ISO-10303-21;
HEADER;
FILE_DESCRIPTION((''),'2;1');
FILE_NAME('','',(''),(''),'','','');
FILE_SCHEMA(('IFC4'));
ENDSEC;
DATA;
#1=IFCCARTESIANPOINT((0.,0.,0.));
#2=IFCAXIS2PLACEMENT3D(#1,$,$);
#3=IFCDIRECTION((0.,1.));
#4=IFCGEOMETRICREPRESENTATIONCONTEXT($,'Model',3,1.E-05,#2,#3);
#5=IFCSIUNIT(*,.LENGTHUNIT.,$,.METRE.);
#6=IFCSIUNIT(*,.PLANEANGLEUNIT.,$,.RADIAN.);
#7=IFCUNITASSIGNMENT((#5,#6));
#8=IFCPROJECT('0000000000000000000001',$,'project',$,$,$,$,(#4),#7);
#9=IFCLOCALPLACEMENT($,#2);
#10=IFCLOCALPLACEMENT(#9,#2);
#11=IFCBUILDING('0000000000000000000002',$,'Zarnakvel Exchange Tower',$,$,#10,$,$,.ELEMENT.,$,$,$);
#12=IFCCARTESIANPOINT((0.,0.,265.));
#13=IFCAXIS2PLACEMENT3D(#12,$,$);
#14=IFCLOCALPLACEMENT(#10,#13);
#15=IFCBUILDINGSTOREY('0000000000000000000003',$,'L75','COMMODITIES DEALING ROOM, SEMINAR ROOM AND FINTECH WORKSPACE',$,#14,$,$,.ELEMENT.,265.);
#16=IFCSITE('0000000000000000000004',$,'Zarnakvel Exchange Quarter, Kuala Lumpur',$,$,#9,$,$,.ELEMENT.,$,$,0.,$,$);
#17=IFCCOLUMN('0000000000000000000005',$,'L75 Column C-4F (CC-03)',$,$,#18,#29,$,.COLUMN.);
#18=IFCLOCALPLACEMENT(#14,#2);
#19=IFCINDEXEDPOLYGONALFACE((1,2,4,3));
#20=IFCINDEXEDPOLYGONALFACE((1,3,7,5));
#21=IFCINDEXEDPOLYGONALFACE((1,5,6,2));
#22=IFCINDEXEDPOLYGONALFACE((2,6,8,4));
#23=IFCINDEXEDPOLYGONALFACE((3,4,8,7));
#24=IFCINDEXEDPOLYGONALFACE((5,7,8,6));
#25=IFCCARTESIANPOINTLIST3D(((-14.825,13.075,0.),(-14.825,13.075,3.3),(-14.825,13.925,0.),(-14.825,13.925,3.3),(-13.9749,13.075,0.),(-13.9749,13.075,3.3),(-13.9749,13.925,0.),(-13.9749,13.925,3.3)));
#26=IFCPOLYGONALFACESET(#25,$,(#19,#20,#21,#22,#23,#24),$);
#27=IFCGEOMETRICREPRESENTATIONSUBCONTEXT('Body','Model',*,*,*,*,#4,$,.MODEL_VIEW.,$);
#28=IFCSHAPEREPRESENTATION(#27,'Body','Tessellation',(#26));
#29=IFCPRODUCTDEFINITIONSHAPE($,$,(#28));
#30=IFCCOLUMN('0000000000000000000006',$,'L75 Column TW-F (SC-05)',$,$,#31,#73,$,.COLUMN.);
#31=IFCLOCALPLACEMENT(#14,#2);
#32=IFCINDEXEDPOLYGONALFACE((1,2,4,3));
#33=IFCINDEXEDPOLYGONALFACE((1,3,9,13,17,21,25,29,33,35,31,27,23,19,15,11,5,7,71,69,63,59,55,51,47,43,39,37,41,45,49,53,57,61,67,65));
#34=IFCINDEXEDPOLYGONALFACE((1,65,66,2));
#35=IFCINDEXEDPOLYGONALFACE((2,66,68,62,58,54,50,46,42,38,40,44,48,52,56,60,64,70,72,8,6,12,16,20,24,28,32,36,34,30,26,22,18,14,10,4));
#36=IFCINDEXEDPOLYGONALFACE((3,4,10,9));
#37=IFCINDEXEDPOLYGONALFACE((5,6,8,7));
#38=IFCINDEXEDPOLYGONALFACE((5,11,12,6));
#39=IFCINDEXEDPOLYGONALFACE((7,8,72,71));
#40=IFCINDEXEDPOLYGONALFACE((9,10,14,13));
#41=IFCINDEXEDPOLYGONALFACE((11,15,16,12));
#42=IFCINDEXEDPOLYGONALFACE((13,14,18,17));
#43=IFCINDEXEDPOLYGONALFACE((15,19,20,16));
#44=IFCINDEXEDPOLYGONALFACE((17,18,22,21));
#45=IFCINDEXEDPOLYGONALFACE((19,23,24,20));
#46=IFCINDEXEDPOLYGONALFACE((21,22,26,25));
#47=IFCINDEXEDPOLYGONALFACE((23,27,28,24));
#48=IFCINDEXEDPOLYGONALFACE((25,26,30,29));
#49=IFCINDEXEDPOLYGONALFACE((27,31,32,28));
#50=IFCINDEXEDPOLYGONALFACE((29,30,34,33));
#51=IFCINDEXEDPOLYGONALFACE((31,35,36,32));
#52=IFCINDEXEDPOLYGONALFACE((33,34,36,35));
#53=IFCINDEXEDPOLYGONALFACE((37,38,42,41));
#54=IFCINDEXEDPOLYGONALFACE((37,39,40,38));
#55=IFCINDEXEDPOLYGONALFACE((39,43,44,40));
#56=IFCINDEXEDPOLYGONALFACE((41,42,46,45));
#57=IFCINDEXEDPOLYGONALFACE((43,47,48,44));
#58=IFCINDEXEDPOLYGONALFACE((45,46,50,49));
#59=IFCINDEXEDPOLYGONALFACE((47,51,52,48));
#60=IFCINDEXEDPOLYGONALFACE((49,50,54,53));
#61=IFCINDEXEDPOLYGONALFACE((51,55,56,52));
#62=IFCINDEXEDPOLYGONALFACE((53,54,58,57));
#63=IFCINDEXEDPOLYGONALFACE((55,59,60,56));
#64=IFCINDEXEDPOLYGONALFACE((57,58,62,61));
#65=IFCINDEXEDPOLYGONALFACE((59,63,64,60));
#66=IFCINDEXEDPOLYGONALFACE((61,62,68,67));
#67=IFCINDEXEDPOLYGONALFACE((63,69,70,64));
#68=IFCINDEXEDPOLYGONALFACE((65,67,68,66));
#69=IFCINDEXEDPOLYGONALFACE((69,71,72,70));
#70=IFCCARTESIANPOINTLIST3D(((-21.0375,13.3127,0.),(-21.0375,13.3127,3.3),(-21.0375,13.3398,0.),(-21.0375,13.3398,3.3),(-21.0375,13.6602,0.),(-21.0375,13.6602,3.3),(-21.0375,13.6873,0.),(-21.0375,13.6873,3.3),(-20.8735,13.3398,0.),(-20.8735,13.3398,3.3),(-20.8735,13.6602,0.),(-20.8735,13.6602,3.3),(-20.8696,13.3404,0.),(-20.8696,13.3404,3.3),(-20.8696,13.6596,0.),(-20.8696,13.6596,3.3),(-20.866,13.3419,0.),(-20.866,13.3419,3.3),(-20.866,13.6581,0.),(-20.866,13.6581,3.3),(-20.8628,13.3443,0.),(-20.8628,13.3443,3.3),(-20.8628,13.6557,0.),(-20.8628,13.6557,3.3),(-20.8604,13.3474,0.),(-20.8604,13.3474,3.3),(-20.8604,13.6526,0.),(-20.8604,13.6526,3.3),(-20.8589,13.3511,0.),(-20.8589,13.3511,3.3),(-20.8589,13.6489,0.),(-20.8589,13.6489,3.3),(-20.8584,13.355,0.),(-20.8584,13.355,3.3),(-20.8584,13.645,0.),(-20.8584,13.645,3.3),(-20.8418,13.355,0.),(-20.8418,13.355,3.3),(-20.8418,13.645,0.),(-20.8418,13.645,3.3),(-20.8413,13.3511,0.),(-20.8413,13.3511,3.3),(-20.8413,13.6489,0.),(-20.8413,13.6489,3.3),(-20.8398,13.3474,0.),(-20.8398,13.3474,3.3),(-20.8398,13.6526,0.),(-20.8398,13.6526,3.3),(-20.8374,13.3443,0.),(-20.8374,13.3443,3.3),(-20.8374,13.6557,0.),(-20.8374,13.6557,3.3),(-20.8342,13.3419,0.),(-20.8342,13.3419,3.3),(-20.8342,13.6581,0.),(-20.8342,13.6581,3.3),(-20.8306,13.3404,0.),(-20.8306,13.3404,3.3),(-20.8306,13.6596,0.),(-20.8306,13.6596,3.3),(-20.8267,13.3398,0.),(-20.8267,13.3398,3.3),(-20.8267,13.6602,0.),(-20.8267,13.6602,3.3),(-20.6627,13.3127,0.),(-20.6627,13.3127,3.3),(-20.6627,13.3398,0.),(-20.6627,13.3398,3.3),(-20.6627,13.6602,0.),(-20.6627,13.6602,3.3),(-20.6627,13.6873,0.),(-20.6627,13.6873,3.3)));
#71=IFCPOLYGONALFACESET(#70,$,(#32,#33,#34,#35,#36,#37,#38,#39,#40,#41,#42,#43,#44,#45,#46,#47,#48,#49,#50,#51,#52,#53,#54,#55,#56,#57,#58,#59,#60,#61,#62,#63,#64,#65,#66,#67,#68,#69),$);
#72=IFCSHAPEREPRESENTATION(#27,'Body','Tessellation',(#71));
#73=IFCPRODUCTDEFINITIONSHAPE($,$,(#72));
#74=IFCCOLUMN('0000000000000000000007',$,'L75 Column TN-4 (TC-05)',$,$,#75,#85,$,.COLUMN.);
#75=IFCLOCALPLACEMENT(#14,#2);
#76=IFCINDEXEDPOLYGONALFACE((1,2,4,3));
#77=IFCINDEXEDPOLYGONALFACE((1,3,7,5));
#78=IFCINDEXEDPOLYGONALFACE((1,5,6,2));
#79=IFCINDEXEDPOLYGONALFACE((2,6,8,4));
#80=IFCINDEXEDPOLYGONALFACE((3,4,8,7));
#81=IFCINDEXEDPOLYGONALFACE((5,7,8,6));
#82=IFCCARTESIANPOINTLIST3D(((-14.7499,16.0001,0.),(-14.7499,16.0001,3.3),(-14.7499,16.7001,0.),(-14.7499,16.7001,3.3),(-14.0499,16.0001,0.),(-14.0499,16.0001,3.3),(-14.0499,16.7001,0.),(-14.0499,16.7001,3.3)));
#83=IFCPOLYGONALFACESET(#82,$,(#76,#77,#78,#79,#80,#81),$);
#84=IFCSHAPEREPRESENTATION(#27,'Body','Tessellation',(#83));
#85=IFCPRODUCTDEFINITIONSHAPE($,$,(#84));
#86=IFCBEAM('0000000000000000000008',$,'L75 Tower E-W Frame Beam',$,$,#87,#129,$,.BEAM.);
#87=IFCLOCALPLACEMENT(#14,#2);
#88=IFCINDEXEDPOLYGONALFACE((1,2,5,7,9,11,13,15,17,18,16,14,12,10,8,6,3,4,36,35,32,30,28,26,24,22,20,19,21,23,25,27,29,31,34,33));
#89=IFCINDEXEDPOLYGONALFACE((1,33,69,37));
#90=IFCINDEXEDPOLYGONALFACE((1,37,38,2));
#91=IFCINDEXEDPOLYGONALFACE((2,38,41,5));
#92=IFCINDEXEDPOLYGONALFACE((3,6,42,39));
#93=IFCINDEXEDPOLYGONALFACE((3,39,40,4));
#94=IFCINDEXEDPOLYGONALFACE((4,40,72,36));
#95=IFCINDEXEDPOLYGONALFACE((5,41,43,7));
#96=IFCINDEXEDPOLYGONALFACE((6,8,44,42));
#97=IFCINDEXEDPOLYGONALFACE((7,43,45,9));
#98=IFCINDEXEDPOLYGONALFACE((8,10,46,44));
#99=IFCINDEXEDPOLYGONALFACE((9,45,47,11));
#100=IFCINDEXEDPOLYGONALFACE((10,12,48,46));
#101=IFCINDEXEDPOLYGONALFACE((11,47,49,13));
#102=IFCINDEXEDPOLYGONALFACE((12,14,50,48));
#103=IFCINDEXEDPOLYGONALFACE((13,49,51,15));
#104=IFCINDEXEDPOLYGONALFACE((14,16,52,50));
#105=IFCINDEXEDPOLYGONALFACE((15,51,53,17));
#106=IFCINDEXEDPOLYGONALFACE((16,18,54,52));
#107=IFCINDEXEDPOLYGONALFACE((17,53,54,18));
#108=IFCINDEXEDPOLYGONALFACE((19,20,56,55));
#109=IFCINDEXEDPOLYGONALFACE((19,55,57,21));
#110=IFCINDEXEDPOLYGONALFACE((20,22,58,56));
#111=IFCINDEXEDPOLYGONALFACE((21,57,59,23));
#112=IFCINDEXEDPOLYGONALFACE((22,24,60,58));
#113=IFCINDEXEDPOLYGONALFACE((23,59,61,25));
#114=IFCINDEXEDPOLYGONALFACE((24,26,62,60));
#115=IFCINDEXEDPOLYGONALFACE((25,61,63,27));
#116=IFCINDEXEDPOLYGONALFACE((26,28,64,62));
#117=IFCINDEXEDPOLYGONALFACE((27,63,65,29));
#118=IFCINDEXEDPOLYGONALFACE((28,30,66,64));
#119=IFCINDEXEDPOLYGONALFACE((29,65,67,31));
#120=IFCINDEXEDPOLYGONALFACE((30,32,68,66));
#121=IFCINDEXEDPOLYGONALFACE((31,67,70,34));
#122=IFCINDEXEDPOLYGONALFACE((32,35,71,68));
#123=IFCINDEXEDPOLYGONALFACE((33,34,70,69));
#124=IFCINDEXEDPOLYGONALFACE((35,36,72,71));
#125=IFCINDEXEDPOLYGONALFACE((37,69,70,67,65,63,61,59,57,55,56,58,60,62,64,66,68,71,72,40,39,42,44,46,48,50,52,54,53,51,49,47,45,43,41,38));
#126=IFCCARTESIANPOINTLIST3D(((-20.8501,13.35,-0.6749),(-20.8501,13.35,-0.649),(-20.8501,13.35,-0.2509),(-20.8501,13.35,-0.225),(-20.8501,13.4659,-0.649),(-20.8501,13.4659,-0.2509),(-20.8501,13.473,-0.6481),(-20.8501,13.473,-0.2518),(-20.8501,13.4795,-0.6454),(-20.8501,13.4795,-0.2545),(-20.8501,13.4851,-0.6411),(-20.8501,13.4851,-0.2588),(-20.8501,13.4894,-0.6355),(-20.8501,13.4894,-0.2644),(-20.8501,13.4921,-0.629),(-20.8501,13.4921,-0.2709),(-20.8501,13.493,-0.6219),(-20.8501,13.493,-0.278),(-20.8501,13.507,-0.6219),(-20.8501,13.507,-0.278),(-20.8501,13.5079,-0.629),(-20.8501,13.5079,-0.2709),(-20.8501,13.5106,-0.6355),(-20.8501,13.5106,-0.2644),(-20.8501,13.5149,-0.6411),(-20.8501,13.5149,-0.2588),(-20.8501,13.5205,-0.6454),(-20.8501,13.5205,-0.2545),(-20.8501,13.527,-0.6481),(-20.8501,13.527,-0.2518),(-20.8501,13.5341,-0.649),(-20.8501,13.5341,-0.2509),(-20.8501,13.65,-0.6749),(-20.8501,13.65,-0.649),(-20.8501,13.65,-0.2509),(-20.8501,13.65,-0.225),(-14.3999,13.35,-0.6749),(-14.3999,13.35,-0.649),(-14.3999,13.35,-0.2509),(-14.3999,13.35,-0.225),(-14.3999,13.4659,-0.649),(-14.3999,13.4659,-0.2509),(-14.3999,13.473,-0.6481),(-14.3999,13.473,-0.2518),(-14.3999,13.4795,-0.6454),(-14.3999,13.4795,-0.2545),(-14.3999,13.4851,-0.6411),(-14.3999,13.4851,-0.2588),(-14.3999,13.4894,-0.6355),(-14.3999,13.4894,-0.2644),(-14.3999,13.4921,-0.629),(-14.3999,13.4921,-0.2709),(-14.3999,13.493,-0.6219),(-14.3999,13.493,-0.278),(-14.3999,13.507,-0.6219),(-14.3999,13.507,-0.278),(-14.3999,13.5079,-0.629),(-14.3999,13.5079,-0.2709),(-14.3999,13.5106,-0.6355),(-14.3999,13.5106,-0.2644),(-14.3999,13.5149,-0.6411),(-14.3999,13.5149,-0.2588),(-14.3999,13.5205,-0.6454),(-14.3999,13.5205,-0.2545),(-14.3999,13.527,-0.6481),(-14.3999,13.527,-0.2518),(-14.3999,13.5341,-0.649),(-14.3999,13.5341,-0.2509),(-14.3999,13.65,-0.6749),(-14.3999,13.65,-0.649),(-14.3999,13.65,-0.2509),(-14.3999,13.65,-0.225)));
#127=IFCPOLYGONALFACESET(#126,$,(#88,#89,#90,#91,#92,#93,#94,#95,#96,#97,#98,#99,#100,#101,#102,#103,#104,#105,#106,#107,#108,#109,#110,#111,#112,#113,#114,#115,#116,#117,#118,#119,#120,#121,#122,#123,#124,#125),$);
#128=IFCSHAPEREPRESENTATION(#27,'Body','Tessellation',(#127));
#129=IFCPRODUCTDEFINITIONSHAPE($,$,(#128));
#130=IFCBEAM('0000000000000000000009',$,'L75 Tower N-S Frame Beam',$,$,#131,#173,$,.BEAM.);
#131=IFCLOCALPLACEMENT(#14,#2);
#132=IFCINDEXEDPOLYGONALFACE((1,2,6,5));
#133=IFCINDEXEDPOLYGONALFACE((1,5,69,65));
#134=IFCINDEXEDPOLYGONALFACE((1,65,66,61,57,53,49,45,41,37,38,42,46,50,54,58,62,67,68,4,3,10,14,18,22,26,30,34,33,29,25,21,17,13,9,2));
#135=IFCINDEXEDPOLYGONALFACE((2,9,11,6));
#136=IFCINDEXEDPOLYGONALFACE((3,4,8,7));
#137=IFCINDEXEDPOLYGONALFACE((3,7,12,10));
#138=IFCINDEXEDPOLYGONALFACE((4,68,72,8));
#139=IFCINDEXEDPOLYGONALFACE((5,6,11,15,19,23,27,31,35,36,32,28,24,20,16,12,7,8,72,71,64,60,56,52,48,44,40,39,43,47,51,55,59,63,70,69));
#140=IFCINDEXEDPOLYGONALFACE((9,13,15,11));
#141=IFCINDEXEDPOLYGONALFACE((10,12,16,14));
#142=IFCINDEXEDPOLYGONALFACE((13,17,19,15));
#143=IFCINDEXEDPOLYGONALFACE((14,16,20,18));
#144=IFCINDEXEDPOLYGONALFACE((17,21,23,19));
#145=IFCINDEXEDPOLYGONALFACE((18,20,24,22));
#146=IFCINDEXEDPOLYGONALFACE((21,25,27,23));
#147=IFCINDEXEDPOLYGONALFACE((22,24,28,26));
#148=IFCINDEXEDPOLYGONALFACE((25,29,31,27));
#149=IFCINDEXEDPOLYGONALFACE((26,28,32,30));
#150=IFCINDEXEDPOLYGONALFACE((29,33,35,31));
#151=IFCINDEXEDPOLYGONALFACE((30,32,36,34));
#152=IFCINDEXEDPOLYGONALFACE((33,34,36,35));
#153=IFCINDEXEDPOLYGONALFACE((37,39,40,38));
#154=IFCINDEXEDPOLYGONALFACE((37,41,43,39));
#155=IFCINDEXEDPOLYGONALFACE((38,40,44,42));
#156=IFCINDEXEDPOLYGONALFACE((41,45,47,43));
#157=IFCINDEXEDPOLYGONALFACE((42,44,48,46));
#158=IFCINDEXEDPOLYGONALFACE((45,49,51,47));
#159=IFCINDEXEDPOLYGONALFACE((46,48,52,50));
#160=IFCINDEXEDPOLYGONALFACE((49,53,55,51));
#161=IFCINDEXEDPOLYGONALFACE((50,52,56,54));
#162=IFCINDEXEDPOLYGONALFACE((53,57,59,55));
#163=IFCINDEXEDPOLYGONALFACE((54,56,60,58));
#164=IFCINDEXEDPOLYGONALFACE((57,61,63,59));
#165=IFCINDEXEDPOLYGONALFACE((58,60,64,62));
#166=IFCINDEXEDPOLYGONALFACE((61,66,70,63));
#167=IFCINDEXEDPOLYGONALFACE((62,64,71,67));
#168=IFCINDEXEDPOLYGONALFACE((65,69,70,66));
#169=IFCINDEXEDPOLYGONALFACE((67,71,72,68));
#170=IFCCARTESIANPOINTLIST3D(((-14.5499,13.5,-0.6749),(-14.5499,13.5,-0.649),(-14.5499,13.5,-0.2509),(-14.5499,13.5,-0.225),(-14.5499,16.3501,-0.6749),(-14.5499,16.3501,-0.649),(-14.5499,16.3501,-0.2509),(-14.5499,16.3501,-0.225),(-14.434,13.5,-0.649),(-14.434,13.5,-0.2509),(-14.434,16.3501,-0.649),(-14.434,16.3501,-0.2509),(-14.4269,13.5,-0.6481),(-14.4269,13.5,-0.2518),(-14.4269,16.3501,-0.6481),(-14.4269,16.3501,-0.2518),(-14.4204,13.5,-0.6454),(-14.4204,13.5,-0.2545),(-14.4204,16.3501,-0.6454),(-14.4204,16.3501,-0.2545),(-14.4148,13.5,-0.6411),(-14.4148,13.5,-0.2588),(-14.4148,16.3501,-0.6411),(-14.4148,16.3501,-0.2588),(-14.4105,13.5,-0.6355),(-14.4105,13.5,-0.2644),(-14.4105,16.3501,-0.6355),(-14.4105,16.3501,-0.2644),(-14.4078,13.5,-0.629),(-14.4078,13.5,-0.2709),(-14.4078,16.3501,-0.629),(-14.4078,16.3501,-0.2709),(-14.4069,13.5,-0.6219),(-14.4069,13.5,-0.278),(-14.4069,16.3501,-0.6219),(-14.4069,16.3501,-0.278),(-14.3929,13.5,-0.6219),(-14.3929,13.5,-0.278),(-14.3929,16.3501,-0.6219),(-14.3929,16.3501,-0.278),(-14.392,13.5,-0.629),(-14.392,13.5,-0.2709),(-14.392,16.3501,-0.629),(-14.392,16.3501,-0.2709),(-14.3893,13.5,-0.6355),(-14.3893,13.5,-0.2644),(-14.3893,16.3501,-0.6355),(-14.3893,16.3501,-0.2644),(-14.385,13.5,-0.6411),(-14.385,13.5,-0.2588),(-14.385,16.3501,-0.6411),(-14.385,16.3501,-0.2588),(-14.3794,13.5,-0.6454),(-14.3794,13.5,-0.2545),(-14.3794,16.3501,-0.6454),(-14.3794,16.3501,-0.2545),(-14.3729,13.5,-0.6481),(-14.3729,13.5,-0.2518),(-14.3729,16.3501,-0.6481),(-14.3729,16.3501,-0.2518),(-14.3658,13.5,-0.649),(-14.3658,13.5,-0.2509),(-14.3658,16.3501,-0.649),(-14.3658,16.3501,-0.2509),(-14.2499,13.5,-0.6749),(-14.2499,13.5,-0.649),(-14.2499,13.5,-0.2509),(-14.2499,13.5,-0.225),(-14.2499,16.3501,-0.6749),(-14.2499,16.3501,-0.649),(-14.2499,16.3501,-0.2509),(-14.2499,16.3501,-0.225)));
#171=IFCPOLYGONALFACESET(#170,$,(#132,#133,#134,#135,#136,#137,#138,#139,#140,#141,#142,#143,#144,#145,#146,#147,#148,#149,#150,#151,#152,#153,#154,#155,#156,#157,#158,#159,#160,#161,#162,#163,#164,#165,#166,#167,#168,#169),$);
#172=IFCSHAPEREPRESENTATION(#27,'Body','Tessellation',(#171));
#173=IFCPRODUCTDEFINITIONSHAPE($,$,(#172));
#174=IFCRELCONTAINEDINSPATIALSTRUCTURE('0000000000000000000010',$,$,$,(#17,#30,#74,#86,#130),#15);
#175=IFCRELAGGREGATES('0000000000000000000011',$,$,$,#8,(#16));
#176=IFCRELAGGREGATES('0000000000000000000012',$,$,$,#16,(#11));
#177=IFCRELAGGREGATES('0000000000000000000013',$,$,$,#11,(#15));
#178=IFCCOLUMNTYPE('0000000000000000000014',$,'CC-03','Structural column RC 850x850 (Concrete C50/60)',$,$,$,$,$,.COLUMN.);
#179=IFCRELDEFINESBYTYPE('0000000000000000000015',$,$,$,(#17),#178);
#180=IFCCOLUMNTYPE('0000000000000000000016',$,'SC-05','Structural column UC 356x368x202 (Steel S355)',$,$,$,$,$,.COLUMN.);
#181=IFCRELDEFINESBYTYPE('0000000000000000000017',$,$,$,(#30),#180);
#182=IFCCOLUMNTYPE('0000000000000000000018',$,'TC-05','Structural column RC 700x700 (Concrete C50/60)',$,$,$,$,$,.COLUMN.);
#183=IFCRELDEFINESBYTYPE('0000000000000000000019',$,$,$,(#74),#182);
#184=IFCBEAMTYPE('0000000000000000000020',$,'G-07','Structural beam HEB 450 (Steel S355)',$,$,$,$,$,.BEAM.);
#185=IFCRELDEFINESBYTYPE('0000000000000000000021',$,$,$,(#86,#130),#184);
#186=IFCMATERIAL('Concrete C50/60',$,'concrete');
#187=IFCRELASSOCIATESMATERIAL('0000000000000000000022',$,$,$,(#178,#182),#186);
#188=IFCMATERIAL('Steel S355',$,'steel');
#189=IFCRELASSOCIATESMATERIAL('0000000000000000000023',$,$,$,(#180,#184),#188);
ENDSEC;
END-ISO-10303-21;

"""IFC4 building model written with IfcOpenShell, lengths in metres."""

from ifc_helpers import new_model, si_unit, direction, frame, origin, origin_2d, place, context, subcontext, project, spatial, rectangle, i_section, extrude, material, material_profile, profile_set, type_object, element, save


model = new_model("IFC4")

# Units and contexts
model_context = context("Model", 3, precision=1e-05, world=origin(), true_north=direction((0.0, 1.0)))
body_context = subcontext(model_context, "Body", "Model", "MODEL_VIEW")
ifc_project = project(units=[si_unit("LENGTHUNIT", "METRE"), si_unit("PLANEANGLEUNIT", "RADIAN")], contexts=[model_context])

# Site, building, storey
site_placement = place(None, origin())
site = spatial("IfcSite", under=ifc_project, at=site_placement, Name="Zarnakvel Exchange Quarter, Kuala Lumpur", CompositionType="ELEMENT", RefElevation=0.0)
building_placement = place(site_placement, origin())
building = spatial("IfcBuilding", under=site, at=building_placement, Name="Zarnakvel Exchange Tower", CompositionType="ELEMENT")
storey_placement = place(building_placement, frame((0.0, 0.0, 265.0)))
storey = spatial("IfcBuildingStorey", under=building, at=storey_placement, Name="L75", Description="COMMODITIES DEALING ROOM, SEMINAR ROOM AND FINTECH WORKSPACE", CompositionType="ELEMENT", Elevation=265.0)

# Columns
ifc_material_1 = material(Name="Concrete C50/60", Category="concrete")
ifc_material_profile_1 = material_profile(ifc_material_1, rectangle(XDim=0.8501, YDim=0.8501, at=origin_2d()))
ifc_profile_set_1 = profile_set([ifc_material_profile_1], Name="Concrete C50/60")
column_type_1 = type_object("IfcColumnType", Name="CC-03", Description="Structural column RC 850x850 (Concrete C50/60)", PredefinedType="COLUMN", material=ifc_profile_set_1)
column_1_placement = place(storey_placement, frame((-14.3999, 13.5, 0.0), z_axis=(0.0, 0.0, 1.0), x_axis=(1.0, 0.0, 0.0)))
element("IfcColumn", 1, at=column_1_placement, inside=storey, type_object=column_type_1, Name="L75 Column C-4F (CC-03)", PredefinedType="COLUMN", context=body_context, shape_type="SweptSolid", body=[
    extrude(rectangle(XDim=0.8501, YDim=0.8501, at=origin_2d()), origin(), (0.0, 0.0, 1.0), 3.3),
])
ifc_material_2 = material(Name="Steel S355", Category="steel")
ifc_material_profile_2 = material_profile(ifc_material_2, i_section(OverallWidth=0.3748, OverallDepth=0.3745, WebThickness=0.0166, FlangeThickness=0.0271, FilletRadius=0.0151, at=origin_2d()))
ifc_profile_set_2 = profile_set([ifc_material_profile_2], Name="Steel S355")
column_type_2 = type_object("IfcColumnType", Name="SC-05", Description="Structural column UC 356x368x202 (Steel S355)", PredefinedType="COLUMN", material=ifc_profile_set_2)
column_2_placement = place(storey_placement, frame((-20.8501, 13.5, 0.0), z_axis=(0.0, 0.0, 1.0), x_axis=(1.0, 0.0, 0.0)))
element("IfcColumn", 2, at=column_2_placement, inside=storey, type_object=column_type_2, Name="L75 Column TW-F (SC-05)", PredefinedType="COLUMN", context=body_context, shape_type="SweptSolid", body=[
    extrude(i_section(OverallWidth=0.3748, OverallDepth=0.3745, WebThickness=0.0166, FlangeThickness=0.0271, FilletRadius=0.0151, at=origin_2d()), origin(), (0.0, 0.0, 1.0), 3.3),
])
ifc_material_profile_3 = material_profile(ifc_material_1, rectangle(XDim=0.7, YDim=0.7, at=origin_2d()))
ifc_profile_set_3 = profile_set([ifc_material_profile_3], Name="Concrete C50/60")
column_type_3 = type_object("IfcColumnType", Name="TC-05", Description="Structural column RC 700x700 (Concrete C50/60)", PredefinedType="COLUMN", material=ifc_profile_set_3)
column_3_placement = place(storey_placement, frame((-14.3999, 16.3501, 0.0), z_axis=(0.0, 0.0, 1.0), x_axis=(1.0, 0.0, 0.0)))
element("IfcColumn", 3, at=column_3_placement, inside=storey, type_object=column_type_3, Name="L75 Column TN-4 (TC-05)", PredefinedType="COLUMN", context=body_context, shape_type="SweptSolid", body=[
    extrude(rectangle(XDim=0.7, YDim=0.7, at=origin_2d()), origin(), (0.0, 0.0, 1.0), 3.3),
])

# Beams
ifc_material_profile_4 = material_profile(ifc_material_2, i_section(OverallWidth=0.3, OverallDepth=0.45, WebThickness=0.0139, FlangeThickness=0.0259, FilletRadius=0.0271, at=origin_2d()))
ifc_profile_set_4 = profile_set([ifc_material_profile_4], Name="Steel S355")
beam_type_1 = type_object("IfcBeamType", Name="G-07", Description="Structural beam HEB 450 (Steel S355)", PredefinedType="BEAM", material=ifc_profile_set_4)
beam_1_placement = place(storey_placement, frame((-20.8501, 13.5, -0.45), z_axis=(1.0, 0.0, 0.0), x_axis=(0.0, 1.0, 0.0)))
element("IfcBeam", 4, at=beam_1_placement, inside=storey, type_object=beam_type_1, Name="L75 Tower E-W Frame Beam", PredefinedType="BEAM", context=body_context, shape_type="SweptSolid", body=[
    extrude(i_section(OverallWidth=0.3, OverallDepth=0.45, WebThickness=0.0139, FlangeThickness=0.0259, FilletRadius=0.0271, at=origin_2d()), origin(), (0.0, 0.0, 1.0), 6.4502),
])
beam_2_placement = place(storey_placement, frame((-14.3999, 13.5, -0.45), z_axis=(0.0, 1.0, 0.0), x_axis=(-1.0, 0.0, 0.0)))
element("IfcBeam", 5, at=beam_2_placement, inside=storey, type_object=beam_type_1, Name="L75 Tower N-S Frame Beam", PredefinedType="BEAM", context=body_context, shape_type="SweptSolid", body=[
    extrude(i_section(OverallWidth=0.3, OverallDepth=0.45, WebThickness=0.0139, FlangeThickness=0.0259, FilletRadius=0.0271, at=origin_2d()), origin(), (0.0, 0.0, 1.0), 2.8501),
])

save(model, "model.ifc")
